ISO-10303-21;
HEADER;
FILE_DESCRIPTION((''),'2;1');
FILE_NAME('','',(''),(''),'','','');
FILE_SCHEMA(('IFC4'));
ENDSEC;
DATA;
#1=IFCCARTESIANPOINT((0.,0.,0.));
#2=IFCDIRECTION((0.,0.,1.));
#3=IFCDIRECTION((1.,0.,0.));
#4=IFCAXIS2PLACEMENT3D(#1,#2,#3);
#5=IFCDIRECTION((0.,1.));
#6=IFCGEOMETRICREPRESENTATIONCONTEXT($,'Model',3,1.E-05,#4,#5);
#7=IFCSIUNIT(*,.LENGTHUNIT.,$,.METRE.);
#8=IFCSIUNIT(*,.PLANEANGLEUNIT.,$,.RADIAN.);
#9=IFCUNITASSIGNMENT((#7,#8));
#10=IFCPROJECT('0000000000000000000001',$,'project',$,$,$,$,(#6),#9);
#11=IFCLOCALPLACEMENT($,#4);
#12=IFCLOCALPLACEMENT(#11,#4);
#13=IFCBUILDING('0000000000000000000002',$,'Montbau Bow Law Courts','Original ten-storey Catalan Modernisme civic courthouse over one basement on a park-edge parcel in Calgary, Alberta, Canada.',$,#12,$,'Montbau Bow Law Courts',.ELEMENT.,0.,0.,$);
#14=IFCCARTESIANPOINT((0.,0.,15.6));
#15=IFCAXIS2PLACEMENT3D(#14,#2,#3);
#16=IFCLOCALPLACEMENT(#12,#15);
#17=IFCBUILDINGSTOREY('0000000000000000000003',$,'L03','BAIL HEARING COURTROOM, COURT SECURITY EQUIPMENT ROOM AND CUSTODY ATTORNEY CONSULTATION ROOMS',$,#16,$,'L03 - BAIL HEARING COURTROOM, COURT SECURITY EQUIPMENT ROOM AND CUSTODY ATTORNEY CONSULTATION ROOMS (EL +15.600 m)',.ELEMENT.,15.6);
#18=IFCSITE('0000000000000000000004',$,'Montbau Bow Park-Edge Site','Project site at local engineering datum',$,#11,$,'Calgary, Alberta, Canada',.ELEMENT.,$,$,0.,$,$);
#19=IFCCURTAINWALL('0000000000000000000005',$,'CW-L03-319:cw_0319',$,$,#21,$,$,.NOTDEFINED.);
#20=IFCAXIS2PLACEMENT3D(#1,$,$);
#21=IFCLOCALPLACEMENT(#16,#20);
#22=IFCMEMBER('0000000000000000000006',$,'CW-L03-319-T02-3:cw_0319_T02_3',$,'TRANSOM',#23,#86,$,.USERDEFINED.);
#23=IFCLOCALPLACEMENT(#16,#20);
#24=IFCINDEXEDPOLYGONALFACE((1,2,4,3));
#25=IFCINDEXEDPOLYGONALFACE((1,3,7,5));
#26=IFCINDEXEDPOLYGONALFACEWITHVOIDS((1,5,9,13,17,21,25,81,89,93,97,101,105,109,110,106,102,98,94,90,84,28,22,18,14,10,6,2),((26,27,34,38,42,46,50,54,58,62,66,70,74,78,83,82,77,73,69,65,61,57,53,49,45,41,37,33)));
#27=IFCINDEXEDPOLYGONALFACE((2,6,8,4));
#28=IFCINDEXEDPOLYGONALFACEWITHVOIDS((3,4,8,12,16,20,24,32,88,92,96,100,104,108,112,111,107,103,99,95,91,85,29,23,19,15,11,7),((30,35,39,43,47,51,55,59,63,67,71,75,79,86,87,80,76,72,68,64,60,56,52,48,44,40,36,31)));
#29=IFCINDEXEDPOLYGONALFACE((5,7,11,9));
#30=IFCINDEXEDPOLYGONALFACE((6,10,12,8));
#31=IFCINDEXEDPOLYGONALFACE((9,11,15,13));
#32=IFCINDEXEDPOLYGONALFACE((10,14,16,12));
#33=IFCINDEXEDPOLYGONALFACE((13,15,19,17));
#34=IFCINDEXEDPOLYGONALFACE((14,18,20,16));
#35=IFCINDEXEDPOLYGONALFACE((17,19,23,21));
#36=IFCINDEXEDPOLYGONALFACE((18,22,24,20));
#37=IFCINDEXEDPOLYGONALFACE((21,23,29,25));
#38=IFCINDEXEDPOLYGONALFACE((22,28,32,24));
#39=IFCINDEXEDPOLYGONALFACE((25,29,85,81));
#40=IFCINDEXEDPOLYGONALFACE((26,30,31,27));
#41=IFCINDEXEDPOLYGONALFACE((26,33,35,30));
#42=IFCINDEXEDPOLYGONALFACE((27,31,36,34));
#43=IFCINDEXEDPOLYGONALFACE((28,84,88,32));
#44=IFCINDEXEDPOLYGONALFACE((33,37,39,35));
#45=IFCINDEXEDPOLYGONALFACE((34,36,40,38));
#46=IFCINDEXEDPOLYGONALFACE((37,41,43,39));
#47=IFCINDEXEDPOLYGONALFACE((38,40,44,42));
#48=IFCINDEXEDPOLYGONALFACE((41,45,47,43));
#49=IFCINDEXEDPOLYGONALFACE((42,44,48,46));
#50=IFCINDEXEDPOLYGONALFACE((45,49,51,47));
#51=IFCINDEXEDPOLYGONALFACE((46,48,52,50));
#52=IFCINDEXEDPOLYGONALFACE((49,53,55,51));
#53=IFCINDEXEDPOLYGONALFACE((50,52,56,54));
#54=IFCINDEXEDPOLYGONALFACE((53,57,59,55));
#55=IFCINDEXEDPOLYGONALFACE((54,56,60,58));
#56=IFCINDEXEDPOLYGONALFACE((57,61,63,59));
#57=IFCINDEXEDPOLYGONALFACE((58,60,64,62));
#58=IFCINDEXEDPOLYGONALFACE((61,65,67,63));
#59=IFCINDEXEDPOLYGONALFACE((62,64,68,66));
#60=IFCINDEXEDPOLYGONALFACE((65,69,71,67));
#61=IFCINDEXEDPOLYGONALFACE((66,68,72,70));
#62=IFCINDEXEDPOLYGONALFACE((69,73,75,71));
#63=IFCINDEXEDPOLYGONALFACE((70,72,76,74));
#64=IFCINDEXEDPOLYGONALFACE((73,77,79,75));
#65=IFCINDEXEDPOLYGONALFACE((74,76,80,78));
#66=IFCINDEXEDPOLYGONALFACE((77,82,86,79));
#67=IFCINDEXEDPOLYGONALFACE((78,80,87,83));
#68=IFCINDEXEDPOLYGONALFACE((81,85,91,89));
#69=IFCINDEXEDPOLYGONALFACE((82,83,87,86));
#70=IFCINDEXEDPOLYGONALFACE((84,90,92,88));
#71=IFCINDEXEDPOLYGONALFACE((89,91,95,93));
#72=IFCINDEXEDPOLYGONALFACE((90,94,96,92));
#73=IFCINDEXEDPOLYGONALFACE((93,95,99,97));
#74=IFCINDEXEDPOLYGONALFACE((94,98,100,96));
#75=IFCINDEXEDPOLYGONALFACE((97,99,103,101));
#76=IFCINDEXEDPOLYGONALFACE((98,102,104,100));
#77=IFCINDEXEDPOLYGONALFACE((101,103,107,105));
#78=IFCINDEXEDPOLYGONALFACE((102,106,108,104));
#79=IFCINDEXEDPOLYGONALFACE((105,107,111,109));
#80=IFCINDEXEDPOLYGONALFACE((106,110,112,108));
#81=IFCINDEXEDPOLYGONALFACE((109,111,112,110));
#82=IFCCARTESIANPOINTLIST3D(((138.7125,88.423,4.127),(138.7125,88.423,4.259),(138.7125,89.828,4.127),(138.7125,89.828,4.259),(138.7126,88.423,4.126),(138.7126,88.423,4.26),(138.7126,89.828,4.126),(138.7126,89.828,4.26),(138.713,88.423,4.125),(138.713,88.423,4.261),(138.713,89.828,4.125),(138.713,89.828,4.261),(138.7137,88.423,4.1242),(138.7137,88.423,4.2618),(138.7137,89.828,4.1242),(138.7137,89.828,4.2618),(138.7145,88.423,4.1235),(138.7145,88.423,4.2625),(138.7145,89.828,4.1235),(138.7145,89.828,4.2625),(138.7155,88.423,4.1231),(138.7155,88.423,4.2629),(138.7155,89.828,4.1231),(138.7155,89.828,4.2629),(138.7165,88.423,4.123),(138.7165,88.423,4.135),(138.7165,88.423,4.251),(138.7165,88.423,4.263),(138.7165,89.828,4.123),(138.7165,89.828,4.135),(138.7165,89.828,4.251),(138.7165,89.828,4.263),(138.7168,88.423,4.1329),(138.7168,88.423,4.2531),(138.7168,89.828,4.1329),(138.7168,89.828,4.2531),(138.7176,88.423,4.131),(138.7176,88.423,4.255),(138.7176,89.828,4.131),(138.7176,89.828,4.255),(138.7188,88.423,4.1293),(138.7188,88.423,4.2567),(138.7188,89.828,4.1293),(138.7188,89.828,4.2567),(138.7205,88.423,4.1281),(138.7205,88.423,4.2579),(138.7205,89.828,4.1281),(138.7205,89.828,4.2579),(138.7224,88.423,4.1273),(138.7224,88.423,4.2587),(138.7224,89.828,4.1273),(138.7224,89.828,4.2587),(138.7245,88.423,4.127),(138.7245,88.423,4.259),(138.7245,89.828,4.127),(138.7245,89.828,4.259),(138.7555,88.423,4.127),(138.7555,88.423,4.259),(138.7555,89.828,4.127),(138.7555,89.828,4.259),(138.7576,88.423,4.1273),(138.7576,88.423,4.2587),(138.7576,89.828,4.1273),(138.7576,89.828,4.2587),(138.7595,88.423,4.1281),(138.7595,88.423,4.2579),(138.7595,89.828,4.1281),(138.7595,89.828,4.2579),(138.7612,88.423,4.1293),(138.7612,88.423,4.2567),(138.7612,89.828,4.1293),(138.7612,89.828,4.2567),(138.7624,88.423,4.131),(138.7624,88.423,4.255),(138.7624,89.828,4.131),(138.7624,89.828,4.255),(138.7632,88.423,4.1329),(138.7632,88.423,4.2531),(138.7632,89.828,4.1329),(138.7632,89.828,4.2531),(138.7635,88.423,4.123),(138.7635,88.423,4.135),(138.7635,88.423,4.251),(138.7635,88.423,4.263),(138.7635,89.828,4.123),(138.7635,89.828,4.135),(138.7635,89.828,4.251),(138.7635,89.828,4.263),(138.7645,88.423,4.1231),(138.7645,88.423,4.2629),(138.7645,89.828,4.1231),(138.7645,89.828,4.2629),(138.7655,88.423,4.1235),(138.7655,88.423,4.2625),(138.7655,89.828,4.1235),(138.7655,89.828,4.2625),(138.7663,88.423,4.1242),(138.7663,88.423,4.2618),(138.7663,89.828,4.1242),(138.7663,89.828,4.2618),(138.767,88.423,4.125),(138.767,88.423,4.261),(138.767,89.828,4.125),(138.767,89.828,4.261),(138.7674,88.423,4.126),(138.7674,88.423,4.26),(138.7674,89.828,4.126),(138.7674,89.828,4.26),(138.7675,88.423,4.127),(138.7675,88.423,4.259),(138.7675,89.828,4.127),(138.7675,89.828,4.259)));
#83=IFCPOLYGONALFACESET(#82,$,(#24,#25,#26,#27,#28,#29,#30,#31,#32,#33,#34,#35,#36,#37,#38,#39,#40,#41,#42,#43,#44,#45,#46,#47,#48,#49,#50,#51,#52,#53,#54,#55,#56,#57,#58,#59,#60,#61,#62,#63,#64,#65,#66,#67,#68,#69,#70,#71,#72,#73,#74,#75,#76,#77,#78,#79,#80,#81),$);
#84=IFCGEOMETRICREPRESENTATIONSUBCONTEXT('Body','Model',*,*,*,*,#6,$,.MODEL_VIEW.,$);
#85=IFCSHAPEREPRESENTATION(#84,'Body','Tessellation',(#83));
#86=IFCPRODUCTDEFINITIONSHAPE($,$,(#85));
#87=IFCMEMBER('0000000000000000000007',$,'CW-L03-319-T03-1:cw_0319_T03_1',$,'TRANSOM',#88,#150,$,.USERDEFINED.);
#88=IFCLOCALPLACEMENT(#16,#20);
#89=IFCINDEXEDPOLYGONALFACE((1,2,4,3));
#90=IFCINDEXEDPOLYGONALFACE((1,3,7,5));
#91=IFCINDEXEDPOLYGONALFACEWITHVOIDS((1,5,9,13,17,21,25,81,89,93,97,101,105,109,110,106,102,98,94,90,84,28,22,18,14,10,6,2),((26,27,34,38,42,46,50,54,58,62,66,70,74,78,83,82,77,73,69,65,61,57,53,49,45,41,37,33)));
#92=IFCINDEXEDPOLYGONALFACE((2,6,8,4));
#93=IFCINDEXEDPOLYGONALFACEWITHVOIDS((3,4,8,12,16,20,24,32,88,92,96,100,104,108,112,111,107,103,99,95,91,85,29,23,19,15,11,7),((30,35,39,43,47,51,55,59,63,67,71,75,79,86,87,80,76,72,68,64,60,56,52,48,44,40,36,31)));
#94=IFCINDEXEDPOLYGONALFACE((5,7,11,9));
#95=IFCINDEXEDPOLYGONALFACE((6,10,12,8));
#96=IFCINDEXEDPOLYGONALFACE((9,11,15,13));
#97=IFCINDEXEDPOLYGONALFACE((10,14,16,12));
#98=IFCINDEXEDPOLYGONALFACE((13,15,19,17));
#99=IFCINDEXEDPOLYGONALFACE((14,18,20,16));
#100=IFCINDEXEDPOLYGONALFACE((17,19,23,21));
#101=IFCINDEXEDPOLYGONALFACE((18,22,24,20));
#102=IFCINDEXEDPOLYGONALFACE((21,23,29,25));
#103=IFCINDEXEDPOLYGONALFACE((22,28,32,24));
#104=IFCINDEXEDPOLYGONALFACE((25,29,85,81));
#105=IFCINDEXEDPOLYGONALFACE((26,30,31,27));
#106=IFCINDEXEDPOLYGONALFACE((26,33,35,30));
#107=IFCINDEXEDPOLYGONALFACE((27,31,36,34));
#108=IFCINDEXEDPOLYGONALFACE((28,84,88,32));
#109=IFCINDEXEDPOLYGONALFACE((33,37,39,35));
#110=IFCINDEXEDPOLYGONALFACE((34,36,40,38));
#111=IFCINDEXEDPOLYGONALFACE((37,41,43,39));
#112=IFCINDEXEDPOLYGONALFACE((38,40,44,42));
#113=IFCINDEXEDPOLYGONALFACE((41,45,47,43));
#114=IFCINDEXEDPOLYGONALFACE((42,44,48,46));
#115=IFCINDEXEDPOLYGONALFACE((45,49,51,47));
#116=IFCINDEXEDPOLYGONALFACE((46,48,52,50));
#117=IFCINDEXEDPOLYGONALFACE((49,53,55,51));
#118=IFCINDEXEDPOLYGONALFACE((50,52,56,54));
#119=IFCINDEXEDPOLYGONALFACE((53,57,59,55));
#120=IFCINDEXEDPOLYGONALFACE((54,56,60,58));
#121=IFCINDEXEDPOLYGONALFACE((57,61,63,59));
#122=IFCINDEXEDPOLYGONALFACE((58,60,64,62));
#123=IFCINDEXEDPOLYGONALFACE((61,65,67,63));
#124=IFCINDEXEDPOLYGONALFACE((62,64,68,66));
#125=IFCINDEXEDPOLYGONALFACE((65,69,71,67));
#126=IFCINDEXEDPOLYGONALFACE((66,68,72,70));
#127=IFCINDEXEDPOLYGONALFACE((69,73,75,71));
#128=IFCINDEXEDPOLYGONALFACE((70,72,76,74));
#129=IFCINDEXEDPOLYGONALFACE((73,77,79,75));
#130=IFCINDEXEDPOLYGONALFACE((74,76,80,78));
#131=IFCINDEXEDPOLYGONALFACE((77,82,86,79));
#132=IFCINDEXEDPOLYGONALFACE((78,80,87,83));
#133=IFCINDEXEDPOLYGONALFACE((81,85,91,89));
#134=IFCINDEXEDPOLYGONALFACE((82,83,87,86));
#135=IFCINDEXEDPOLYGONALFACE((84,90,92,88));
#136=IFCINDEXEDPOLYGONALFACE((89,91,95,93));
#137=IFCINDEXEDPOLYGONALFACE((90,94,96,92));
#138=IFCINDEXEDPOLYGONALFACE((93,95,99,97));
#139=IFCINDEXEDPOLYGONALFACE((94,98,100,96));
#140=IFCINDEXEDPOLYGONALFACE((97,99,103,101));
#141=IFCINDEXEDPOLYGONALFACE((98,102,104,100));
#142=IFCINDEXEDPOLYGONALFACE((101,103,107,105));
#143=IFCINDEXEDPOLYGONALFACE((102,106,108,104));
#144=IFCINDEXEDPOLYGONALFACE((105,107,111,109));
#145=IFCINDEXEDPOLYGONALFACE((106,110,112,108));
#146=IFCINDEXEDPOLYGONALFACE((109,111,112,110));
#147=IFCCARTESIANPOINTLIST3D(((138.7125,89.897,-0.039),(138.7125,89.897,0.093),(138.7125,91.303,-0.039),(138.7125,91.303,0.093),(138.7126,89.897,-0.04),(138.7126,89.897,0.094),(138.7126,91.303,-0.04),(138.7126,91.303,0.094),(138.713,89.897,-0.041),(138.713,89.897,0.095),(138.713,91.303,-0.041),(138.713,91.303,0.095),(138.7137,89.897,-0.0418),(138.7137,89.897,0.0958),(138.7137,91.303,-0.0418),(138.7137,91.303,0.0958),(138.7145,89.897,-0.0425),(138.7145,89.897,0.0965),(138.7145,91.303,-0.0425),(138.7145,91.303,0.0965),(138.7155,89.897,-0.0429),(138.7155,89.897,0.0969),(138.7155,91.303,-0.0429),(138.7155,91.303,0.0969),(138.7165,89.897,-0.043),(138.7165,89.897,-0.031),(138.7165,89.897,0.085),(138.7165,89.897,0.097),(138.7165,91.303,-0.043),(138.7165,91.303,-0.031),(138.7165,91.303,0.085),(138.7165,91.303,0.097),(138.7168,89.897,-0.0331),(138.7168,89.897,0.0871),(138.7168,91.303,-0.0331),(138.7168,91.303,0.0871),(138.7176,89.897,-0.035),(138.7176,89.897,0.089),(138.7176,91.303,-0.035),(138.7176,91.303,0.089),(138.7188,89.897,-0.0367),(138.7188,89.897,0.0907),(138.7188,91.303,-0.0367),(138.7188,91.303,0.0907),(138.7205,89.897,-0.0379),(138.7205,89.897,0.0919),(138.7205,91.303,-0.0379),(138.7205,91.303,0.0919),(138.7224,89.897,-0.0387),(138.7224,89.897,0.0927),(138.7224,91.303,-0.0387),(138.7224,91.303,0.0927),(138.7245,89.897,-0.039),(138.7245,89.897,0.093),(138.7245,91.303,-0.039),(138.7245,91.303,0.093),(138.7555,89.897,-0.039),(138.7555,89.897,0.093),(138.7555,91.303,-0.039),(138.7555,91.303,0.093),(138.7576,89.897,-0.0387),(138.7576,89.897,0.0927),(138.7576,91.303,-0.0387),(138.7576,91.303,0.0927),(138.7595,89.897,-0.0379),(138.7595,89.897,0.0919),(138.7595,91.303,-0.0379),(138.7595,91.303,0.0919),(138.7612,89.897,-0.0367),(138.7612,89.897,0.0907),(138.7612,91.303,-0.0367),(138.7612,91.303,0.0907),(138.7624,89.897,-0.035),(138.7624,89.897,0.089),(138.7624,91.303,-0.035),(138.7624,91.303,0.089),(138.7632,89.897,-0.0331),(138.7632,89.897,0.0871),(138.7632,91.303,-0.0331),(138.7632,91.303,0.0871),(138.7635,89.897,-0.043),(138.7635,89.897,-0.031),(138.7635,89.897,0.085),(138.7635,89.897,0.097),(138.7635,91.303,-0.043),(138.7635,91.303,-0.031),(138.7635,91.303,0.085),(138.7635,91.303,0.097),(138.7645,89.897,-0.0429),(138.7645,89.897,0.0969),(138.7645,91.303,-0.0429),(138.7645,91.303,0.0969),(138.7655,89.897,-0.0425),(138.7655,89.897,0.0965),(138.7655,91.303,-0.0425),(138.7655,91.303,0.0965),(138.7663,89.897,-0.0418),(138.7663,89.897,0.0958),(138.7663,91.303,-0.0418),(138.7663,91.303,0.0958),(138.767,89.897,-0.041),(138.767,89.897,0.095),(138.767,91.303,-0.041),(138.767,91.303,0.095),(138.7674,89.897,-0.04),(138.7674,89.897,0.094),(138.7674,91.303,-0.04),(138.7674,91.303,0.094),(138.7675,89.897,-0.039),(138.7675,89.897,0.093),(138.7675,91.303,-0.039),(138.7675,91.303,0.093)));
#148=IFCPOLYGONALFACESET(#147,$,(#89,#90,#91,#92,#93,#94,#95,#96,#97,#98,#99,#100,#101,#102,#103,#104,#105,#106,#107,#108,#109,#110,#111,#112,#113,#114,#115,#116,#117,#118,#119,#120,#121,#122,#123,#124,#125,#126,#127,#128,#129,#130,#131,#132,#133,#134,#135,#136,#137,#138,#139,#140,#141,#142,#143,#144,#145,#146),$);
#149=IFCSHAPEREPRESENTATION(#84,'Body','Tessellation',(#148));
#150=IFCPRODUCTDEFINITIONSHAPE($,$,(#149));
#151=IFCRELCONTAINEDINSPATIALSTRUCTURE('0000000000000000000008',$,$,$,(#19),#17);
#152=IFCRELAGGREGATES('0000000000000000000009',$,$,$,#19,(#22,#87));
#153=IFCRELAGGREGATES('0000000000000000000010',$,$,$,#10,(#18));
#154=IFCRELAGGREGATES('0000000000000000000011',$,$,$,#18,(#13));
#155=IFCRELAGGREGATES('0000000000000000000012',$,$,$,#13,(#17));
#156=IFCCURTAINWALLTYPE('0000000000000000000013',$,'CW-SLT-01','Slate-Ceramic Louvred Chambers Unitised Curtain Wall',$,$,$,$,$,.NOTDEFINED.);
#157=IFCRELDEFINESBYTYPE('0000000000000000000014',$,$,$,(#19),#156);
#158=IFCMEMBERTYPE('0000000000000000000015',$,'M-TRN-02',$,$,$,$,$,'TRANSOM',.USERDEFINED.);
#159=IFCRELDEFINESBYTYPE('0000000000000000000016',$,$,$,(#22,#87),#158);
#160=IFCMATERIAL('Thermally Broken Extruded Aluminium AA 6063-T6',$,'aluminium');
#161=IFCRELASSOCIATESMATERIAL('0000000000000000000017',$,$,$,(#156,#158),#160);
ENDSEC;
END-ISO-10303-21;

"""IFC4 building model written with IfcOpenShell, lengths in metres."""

from ifc_helpers import new_model, si_unit, direction, frame, origin_with_axes, origin_2d_with_axis, place, context, subcontext, project, spatial, hollow_rectangle, extrude, material, material_profile, profile_set, type_object, element, aggregate, save


model = new_model("IFC4")

# Units and contexts
model_context = context("Model", 3, precision=1e-05, world=origin_with_axes(), true_north=direction((0.0, 1.0)))
body_context = subcontext(model_context, "Body", "Model", "MODEL_VIEW")
ifc_project = project(units=[si_unit("LENGTHUNIT", "METRE"), si_unit("PLANEANGLEUNIT", "RADIAN")], contexts=[model_context])

# Site, building, storey
site_placement = place(None, origin_with_axes())
site = spatial("IfcSite", under=ifc_project, at=site_placement, Name="Montbau Bow Park-Edge Site", Description="Project site at local engineering datum", LongName="Calgary, Alberta, Canada", CompositionType="ELEMENT", RefElevation=0.0)
building_placement = place(site_placement, origin_with_axes())
building = spatial("IfcBuilding", under=site, at=building_placement, Name="Montbau Bow Law Courts", Description="Original ten-storey Catalan Modernisme civic courthouse over one basement on a park-edge parcel in Calgary, Alberta, Canada.", LongName="Montbau Bow Law Courts", CompositionType="ELEMENT", ElevationOfRefHeight=0.0, ElevationOfTerrain=0.0)
storey_placement = place(building_placement, frame((0.0, 0.0, 15.6), z_axis=(0.0, 0.0, 1.0), x_axis=(1.0, 0.0, 0.0)))
storey = spatial("IfcBuildingStorey", under=building, at=storey_placement, Name="L03", Description="BAIL HEARING COURTROOM, COURT SECURITY EQUIPMENT ROOM AND CUSTODY ATTORNEY CONSULTATION ROOMS", LongName="L03 - BAIL HEARING COURTROOM, COURT SECURITY EQUIPMENT ROOM AND CUSTODY ATTORNEY CONSULTATION ROOMS (EL +15.600 m)", CompositionType="ELEMENT", Elevation=15.6)

# Curtain wall, members
ifc_material_1 = material(Name="Thermally Broken Extruded Aluminium AA 6063-T6", Category="aluminium")
curtain_wall_type = type_object("IfcCurtainWallType", Name="CW-SLT-01", Description="Slate-Ceramic Louvred Chambers Unitised Curtain Wall", PredefinedType="NOTDEFINED", material=ifc_material_1)
curtain_wall_placement = place(None, frame((138.74, 86.915, 15.6), z_axis=(0.0, 0.0, 1.0), x_axis=(1.0, 0.0, 0.0)))
curtain_wall = element("IfcCurtainWall", 1, at=curtain_wall_placement, inside=storey, type_object=curtain_wall_type, Name="CW-L03-319:cw_0319", PredefinedType="NOTDEFINED")
ifc_material_profile_1 = material_profile(ifc_material_1, hollow_rectangle(XDim=0.055, YDim=0.14, WallThickness=0.004, InnerFilletRadius=0.008, OuterFilletRadius=0.004, at=origin_2d_with_axis()), Name="CWT-140X55", Category="Main", Priority=0)
ifc_profile_set_1 = profile_set([ifc_material_profile_1], Name="Thermally Broken Extruded Aluminium AA 6063-T6")
member_type_1 = type_object("IfcMemberType", Name="M-TRN-02", ElementType="TRANSOM", PredefinedType="USERDEFINED", material=ifc_profile_set_1)
member_1_placement = place(None, frame((138.74, 88.423, 19.793), z_axis=(0.0, 1.0, 0.0), x_axis=(-1.0, 0.0, 0.0)))
member_1 = element("IfcMember", 2, at=member_1_placement, type_object=member_type_1, Name="CW-L03-319-T02-3:cw_0319_T02_3", ObjectType="TRANSOM", PredefinedType="USERDEFINED", context=body_context, shape_type="SweptSolid", body=[
    extrude(hollow_rectangle(XDim=0.055, YDim=0.14, WallThickness=0.004, InnerFilletRadius=0.008, OuterFilletRadius=0.004, at=origin_2d_with_axis()), origin_with_axes(), (0.0, 0.0, 1.0), 1.405),
])
member_2_placement = place(None, frame((138.74, 89.897, 15.627), z_axis=(0.0, 1.0, 0.0), x_axis=(-1.0, 0.0, 0.0)))
member_2 = element("IfcMember", 3, at=member_2_placement, type_object=member_type_1, Name="CW-L03-319-T03-1:cw_0319_T03_1", ObjectType="TRANSOM", PredefinedType="USERDEFINED", context=body_context, shape_type="SweptSolid", body=[
    extrude(hollow_rectangle(XDim=0.055, YDim=0.14, WallThickness=0.004, InnerFilletRadius=0.008, OuterFilletRadius=0.004, at=origin_2d_with_axis()), origin_with_axes(), (0.0, 0.0, 1.0), 1.406),
])
aggregate(curtain_wall, [member_1, member_2])

save(model, "model.ifc")
